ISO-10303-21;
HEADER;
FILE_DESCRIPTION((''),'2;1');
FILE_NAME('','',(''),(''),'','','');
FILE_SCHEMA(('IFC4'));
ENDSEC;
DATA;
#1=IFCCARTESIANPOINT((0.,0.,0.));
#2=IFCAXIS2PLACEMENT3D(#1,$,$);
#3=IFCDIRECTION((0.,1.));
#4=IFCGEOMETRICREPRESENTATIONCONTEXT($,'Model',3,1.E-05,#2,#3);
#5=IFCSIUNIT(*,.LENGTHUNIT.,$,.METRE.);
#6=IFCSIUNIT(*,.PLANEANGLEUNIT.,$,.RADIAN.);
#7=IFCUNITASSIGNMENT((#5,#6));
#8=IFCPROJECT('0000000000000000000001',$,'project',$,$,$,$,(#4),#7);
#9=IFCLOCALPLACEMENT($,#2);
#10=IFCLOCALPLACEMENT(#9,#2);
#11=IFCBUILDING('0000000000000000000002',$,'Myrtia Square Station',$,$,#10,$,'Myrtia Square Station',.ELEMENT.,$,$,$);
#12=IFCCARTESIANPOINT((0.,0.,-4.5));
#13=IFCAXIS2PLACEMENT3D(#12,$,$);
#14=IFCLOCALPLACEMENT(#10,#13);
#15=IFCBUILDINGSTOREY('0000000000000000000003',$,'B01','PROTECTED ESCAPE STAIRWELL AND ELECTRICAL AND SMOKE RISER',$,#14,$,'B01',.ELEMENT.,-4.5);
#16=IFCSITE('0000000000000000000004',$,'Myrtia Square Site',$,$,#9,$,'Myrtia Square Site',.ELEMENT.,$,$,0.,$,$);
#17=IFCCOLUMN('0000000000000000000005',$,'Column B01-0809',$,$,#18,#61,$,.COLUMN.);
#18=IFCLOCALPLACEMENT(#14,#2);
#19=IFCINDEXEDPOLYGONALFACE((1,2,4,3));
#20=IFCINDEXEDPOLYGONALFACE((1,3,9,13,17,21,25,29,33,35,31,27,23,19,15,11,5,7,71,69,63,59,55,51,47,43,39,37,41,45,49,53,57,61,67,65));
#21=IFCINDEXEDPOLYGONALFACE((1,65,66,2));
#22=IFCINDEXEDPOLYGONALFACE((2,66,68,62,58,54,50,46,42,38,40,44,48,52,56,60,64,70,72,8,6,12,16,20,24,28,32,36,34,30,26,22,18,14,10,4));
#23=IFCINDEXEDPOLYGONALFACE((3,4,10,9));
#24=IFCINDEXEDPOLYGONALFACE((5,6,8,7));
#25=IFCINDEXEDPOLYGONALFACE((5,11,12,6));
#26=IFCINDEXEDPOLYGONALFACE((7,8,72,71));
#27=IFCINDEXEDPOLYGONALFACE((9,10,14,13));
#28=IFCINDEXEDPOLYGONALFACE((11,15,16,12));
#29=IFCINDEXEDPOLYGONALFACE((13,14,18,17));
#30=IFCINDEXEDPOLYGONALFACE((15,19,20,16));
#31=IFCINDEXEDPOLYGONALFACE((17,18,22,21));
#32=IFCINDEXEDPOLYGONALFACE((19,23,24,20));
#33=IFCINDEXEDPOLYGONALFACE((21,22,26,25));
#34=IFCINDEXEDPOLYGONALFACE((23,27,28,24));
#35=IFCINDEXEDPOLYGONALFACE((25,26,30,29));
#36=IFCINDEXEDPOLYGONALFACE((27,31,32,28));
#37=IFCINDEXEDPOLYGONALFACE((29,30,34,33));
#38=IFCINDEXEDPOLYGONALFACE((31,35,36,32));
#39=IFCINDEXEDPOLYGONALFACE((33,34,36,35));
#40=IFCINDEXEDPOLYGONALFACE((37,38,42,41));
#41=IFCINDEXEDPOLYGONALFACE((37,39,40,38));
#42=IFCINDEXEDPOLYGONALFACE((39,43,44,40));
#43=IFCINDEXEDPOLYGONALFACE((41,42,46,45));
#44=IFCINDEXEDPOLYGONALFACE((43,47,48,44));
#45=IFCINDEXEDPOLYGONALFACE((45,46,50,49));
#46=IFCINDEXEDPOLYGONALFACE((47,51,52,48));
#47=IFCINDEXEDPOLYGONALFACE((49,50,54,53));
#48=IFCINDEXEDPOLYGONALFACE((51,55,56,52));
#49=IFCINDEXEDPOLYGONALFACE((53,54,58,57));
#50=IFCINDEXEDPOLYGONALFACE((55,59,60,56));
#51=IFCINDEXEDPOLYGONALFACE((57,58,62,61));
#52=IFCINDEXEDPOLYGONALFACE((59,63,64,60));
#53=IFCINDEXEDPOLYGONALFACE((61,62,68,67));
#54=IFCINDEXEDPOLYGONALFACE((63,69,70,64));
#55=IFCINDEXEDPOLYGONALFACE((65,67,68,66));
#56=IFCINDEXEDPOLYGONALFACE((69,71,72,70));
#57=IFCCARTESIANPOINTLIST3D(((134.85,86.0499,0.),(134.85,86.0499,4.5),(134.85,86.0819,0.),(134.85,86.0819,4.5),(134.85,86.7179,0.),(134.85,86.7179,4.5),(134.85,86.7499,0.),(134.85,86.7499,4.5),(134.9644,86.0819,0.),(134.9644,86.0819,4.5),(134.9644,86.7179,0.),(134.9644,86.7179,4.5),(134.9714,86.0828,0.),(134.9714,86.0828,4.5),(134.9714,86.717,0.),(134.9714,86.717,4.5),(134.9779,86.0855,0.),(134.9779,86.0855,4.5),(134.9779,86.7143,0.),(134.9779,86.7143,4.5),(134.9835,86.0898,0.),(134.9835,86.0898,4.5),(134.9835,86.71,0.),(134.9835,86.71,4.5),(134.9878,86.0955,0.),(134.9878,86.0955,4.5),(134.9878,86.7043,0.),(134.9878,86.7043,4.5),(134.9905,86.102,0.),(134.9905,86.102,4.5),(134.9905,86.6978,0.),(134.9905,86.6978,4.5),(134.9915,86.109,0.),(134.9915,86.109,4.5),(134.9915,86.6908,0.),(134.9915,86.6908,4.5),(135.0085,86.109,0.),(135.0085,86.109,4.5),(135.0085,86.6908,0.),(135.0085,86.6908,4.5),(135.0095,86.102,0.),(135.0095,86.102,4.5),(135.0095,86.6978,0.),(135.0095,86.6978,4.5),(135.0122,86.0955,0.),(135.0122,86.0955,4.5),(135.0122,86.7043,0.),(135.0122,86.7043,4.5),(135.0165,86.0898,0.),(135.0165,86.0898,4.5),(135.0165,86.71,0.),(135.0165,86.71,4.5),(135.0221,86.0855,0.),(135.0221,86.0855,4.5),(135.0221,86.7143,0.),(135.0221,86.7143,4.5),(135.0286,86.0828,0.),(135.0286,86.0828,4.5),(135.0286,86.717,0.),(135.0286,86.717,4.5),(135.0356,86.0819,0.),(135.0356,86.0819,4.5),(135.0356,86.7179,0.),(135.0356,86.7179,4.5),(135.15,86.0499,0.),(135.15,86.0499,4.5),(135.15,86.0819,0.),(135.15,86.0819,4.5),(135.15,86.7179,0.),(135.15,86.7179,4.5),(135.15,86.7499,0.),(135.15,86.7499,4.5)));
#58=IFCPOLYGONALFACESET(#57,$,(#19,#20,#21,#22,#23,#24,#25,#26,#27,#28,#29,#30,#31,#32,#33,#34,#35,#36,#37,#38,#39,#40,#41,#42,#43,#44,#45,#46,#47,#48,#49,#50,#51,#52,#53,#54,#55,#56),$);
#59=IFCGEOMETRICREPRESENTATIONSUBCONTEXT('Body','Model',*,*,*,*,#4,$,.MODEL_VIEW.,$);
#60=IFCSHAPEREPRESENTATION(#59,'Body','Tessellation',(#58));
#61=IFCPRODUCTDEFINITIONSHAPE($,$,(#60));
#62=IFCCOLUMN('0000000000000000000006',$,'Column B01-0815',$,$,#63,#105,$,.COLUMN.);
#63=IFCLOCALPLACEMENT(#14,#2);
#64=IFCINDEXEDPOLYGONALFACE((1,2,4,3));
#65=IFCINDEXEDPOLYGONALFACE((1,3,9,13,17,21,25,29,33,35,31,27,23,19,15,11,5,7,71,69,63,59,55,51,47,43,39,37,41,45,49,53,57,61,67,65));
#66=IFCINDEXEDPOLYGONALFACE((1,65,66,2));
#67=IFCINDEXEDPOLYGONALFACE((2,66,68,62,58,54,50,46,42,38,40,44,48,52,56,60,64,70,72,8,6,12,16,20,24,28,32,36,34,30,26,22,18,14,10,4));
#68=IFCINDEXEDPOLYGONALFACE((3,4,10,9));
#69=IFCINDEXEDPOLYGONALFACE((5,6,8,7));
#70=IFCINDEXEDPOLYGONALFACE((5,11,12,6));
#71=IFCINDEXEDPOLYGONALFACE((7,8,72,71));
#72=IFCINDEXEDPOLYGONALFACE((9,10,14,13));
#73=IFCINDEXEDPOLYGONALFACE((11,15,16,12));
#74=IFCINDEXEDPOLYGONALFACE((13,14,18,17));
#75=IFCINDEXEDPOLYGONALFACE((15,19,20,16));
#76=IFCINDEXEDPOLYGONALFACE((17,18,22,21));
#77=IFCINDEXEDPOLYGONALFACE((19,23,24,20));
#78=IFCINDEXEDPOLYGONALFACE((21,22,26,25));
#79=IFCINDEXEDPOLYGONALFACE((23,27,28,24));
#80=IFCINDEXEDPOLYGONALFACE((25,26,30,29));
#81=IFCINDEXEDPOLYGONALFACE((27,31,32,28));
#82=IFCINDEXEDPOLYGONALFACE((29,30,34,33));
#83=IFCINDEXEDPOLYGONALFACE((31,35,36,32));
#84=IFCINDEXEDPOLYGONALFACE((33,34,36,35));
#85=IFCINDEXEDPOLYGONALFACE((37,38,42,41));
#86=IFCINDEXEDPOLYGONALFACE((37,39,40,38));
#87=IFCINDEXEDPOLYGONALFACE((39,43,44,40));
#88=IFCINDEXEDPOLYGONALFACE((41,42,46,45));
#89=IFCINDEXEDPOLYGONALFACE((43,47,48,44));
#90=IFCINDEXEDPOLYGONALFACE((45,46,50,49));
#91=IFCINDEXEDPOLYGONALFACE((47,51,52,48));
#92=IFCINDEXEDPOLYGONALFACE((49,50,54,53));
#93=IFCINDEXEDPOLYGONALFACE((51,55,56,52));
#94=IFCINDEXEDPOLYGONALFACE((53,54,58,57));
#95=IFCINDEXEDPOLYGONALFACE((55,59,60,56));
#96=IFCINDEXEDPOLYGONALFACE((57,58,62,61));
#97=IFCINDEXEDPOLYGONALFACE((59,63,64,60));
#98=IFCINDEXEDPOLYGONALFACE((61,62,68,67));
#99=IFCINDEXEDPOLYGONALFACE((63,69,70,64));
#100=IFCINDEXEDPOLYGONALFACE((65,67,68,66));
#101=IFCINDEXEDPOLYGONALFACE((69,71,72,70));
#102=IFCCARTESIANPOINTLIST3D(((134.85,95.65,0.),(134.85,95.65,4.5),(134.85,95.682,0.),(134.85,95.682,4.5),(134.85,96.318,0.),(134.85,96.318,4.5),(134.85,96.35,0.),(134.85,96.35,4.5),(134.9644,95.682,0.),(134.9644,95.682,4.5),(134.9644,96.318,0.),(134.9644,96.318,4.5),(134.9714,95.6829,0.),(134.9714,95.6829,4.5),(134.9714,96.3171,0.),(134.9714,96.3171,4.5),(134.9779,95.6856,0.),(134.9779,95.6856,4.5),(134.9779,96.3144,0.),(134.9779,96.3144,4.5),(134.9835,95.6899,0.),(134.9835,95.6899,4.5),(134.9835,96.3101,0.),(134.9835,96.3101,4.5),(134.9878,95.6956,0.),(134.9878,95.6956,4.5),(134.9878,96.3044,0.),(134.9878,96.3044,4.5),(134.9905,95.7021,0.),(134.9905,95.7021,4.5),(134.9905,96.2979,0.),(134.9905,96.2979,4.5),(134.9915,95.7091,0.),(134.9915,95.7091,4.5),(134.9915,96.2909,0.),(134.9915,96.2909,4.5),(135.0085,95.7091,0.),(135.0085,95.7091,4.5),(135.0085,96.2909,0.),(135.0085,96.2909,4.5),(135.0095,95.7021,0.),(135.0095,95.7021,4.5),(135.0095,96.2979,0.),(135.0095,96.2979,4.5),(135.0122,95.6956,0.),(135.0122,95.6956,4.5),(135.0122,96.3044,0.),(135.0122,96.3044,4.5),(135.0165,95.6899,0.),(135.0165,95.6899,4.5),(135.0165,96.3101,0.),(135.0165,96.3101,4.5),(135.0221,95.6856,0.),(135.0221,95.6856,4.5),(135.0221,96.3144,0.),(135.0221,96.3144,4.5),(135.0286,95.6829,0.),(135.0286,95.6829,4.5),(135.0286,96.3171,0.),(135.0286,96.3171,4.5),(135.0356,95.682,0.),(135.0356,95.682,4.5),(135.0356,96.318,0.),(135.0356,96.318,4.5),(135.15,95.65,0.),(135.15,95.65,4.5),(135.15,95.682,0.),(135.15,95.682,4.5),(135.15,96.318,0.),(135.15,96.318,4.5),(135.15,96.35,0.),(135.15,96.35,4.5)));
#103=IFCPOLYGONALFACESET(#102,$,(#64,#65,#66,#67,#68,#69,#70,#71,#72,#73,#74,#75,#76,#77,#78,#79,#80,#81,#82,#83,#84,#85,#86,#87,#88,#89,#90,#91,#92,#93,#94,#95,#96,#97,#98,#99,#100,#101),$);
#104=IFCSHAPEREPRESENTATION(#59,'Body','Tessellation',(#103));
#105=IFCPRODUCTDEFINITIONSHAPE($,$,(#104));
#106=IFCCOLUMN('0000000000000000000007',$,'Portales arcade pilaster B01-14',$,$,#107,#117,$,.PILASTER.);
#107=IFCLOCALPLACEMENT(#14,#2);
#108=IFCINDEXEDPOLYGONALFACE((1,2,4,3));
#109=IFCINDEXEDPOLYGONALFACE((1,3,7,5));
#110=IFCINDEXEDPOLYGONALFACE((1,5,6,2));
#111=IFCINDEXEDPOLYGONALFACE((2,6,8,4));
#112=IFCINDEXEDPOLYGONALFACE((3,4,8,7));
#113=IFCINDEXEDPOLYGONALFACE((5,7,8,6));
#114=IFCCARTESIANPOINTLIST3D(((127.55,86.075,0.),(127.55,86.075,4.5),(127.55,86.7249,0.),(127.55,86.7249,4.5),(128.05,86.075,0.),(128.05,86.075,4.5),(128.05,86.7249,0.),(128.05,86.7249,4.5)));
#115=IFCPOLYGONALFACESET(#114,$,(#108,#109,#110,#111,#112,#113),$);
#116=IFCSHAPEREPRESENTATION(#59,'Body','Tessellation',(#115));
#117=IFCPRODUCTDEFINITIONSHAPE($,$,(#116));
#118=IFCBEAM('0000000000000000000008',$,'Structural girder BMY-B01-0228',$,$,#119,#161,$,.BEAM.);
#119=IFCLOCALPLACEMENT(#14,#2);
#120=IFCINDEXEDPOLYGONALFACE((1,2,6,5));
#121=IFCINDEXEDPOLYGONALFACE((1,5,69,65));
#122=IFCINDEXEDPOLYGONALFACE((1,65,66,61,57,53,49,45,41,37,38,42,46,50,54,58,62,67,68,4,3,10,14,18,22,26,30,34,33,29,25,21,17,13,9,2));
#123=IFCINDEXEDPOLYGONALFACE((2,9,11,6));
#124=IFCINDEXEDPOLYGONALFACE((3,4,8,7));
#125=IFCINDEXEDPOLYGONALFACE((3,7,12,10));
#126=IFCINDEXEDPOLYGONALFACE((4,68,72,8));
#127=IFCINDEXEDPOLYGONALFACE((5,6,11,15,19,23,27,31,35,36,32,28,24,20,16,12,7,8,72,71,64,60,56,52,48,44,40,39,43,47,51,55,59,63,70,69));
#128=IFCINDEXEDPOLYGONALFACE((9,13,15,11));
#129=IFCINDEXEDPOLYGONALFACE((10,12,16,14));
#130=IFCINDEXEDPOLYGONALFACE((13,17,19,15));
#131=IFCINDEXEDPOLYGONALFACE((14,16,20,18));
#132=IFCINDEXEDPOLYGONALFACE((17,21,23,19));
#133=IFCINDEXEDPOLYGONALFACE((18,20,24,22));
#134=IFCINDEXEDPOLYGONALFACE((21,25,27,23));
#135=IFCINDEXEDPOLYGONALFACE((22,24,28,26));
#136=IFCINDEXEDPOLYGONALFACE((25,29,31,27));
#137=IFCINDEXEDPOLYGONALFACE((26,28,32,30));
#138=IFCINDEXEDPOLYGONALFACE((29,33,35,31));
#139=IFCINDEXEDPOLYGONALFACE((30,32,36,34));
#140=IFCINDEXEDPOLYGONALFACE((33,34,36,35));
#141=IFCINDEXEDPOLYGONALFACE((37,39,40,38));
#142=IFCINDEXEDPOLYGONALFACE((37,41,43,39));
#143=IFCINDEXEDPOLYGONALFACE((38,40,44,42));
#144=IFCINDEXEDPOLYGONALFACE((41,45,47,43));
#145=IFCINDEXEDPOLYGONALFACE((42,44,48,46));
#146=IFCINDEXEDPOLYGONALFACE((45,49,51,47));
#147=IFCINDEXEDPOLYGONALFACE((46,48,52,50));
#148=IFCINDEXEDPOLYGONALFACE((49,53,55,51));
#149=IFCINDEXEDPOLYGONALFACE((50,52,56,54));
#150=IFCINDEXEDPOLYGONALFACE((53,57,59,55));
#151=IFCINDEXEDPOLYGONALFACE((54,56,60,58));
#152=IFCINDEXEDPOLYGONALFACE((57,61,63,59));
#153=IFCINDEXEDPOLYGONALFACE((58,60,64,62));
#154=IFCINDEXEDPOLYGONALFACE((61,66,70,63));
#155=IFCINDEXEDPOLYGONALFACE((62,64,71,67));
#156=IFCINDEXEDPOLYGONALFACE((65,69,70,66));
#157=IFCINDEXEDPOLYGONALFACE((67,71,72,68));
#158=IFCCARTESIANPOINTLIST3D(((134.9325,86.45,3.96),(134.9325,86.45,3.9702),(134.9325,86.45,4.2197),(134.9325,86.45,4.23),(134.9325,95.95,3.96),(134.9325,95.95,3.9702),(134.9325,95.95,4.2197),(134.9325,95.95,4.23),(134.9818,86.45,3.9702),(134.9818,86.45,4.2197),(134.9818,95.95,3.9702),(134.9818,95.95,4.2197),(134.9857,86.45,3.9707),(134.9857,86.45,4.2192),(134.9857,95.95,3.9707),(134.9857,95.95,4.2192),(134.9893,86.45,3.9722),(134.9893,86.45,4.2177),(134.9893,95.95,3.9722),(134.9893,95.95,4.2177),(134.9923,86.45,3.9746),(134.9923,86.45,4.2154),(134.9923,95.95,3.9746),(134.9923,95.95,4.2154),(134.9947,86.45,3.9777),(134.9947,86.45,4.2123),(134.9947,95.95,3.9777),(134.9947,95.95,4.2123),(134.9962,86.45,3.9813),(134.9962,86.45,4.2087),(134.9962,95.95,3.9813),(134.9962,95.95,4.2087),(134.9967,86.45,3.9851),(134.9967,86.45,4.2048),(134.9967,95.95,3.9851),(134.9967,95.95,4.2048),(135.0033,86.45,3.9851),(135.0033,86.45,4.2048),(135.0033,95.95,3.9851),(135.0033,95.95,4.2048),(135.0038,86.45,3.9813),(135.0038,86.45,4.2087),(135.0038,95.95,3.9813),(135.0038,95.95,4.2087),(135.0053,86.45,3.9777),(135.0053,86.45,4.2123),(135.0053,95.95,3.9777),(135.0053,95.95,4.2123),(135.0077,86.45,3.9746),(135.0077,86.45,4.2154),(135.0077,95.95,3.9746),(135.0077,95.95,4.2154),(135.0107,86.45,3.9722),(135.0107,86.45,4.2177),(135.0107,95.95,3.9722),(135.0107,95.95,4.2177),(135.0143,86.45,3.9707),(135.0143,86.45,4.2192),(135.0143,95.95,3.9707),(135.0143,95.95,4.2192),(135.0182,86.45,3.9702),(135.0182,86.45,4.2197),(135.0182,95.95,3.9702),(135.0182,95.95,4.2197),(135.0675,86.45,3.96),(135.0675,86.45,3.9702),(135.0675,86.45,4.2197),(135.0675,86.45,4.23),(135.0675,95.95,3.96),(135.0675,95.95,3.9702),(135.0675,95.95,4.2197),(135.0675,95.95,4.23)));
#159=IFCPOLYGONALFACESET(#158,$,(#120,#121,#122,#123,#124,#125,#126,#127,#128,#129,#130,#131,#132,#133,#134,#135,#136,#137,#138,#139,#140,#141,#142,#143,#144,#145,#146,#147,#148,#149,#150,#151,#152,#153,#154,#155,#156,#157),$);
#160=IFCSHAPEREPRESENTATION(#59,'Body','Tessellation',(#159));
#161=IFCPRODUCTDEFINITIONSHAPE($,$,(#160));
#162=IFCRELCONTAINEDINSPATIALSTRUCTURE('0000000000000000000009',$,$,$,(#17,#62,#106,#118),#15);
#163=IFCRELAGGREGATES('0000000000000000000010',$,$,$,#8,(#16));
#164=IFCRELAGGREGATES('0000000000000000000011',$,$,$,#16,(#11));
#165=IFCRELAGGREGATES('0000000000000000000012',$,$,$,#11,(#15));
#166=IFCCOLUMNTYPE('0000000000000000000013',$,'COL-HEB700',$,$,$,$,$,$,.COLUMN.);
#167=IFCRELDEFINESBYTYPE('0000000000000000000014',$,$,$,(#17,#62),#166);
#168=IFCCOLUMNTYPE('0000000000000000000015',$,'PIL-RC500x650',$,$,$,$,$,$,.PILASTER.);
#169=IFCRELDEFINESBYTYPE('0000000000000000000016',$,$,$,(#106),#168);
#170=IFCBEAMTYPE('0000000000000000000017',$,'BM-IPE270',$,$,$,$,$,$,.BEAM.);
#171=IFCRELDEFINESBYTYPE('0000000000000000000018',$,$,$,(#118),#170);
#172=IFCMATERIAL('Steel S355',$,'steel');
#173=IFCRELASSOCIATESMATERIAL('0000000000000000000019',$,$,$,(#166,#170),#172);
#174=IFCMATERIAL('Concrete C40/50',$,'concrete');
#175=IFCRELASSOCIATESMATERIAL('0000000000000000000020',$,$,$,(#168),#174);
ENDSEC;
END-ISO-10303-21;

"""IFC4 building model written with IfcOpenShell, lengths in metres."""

from ifc_helpers import new_model, si_unit, direction, frame, origin, origin_2d, place, context, subcontext, project, spatial, rectangle, i_section, extrude, material, material_profile, profile_set, type_object, element, save


model = new_model("IFC4")

# Units and contexts
model_context = context("Model", 3, precision=1e-05, world=origin(), true_north=direction((0.0, 1.0)))
body_context = subcontext(model_context, "Body", "Model", "MODEL_VIEW")
ifc_project = project(units=[si_unit("LENGTHUNIT", "METRE"), si_unit("PLANEANGLEUNIT", "RADIAN")], contexts=[model_context])

# Site, building, storey
site_placement = place(None, origin())
site = spatial("IfcSite", under=ifc_project, at=site_placement, Name="Myrtia Square Site", LongName="Myrtia Square Site", CompositionType="ELEMENT", RefElevation=0.0)
building_placement = place(site_placement, origin())
building = spatial("IfcBuilding", under=site, at=building_placement, Name="Myrtia Square Station", LongName="Myrtia Square Station", CompositionType="ELEMENT")
storey_placement = place(building_placement, frame((0.0, 0.0, -4.5)))
storey = spatial("IfcBuildingStorey", under=building, at=storey_placement, Name="B01", Description="PROTECTED ESCAPE STAIRWELL AND ELECTRICAL AND SMOKE RISER", LongName="B01", CompositionType="ELEMENT", Elevation=-4.5)

# Columns
ifc_material_1 = material(Name="Steel S355", Category="steel")
ifc_material_profile_1 = material_profile(ifc_material_1, i_section(OverallWidth=0.3, OverallDepth=0.7, WebThickness=0.0171, FlangeThickness=0.032, FilletRadius=0.0271, at=origin_2d()), Name="HEB 700")
ifc_profile_set_1 = profile_set([ifc_material_profile_1], Name="Steel S355")
column_type_1 = type_object("IfcColumnType", Name="COL-HEB700", PredefinedType="COLUMN", material=ifc_profile_set_1)
for number, where, z_axis, x_axis, name in (
    (1, (135.0, 86.3999, 0.0), (0.0, 0.0, 1.0), (1.0, 0.0, 0.0), "Column B01-0809"),
    (2, (135.0, 96.0, 0.0), (0.0, 0.0, 1.0), (1.0, 0.0, 0.0), "Column B01-0815"),
):
    element("IfcColumn", number, at=place(storey_placement, frame(where, z_axis=z_axis, x_axis=x_axis)), inside=storey, type_object=column_type_1, Name=name, PredefinedType="COLUMN", context=body_context, shape_type="SweptSolid", body=[
        extrude(i_section(OverallWidth=0.3, OverallDepth=0.7, WebThickness=0.0171, FlangeThickness=0.032, FilletRadius=0.0271, at=origin_2d()), origin(), (0.0, 0.0, 1.0), 4.5),
    ])
ifc_material_2 = material(Name="Concrete C40/50", Category="concrete")
ifc_material_profile_2 = material_profile(ifc_material_2, rectangle(XDim=0.5, YDim=0.6499, at=origin_2d()), Name="PIL 500x650")
ifc_profile_set_2 = profile_set([ifc_material_profile_2], Name="Concrete C40/50")
column_type_2 = type_object("IfcColumnType", Name="PIL-RC500x650", PredefinedType="PILASTER", material=ifc_profile_set_2)
column_placement = place(storey_placement, frame((127.8, 86.3999, 0.0), z_axis=(0.0, 0.0, 1.0), x_axis=(1.0, 0.0, 0.0)))
element("IfcColumn", 3, at=column_placement, inside=storey, type_object=column_type_2, Name="Portales arcade pilaster B01-14", PredefinedType="PILASTER", context=body_context, shape_type="SweptSolid", body=[
    extrude(rectangle(XDim=0.5, YDim=0.6499, at=origin_2d()), origin(), (0.0, 0.0, 1.0), 4.5),
])

# Beam
ifc_material_profile_3 = material_profile(ifc_material_1, i_section(OverallWidth=0.135, OverallDepth=0.27, WebThickness=0.0066, FlangeThickness=0.0103, FilletRadius=0.0149, at=origin_2d()), Name="IPE 270")
ifc_profile_set_3 = profile_set([ifc_material_profile_3], Name="Steel S355")
beam_type_1 = type_object("IfcBeamType", Name="BM-IPE270", PredefinedType="BEAM", material=ifc_profile_set_3)
for number, where, z_axis, x_axis, name in (
    (4, (135.0, 86.45, 4.095), (0.0, 1.0, 0.0), (-1.0, 0.0, 0.0), "Structural girder BMY-B01-0228"),
):
    element("IfcBeam", number, at=place(storey_placement, frame(where, z_axis=z_axis, x_axis=x_axis)), inside=storey, type_object=beam_type_1, Name=name, PredefinedType="BEAM", context=body_context, shape_type="SweptSolid", body=[
        extrude(i_section(OverallWidth=0.135, OverallDepth=0.27, WebThickness=0.0066, FlangeThickness=0.0103, FilletRadius=0.0149, at=origin_2d()), origin(), (0.0, 0.0, 1.0), 9.5),
    ])

save(model, "model.ifc")
